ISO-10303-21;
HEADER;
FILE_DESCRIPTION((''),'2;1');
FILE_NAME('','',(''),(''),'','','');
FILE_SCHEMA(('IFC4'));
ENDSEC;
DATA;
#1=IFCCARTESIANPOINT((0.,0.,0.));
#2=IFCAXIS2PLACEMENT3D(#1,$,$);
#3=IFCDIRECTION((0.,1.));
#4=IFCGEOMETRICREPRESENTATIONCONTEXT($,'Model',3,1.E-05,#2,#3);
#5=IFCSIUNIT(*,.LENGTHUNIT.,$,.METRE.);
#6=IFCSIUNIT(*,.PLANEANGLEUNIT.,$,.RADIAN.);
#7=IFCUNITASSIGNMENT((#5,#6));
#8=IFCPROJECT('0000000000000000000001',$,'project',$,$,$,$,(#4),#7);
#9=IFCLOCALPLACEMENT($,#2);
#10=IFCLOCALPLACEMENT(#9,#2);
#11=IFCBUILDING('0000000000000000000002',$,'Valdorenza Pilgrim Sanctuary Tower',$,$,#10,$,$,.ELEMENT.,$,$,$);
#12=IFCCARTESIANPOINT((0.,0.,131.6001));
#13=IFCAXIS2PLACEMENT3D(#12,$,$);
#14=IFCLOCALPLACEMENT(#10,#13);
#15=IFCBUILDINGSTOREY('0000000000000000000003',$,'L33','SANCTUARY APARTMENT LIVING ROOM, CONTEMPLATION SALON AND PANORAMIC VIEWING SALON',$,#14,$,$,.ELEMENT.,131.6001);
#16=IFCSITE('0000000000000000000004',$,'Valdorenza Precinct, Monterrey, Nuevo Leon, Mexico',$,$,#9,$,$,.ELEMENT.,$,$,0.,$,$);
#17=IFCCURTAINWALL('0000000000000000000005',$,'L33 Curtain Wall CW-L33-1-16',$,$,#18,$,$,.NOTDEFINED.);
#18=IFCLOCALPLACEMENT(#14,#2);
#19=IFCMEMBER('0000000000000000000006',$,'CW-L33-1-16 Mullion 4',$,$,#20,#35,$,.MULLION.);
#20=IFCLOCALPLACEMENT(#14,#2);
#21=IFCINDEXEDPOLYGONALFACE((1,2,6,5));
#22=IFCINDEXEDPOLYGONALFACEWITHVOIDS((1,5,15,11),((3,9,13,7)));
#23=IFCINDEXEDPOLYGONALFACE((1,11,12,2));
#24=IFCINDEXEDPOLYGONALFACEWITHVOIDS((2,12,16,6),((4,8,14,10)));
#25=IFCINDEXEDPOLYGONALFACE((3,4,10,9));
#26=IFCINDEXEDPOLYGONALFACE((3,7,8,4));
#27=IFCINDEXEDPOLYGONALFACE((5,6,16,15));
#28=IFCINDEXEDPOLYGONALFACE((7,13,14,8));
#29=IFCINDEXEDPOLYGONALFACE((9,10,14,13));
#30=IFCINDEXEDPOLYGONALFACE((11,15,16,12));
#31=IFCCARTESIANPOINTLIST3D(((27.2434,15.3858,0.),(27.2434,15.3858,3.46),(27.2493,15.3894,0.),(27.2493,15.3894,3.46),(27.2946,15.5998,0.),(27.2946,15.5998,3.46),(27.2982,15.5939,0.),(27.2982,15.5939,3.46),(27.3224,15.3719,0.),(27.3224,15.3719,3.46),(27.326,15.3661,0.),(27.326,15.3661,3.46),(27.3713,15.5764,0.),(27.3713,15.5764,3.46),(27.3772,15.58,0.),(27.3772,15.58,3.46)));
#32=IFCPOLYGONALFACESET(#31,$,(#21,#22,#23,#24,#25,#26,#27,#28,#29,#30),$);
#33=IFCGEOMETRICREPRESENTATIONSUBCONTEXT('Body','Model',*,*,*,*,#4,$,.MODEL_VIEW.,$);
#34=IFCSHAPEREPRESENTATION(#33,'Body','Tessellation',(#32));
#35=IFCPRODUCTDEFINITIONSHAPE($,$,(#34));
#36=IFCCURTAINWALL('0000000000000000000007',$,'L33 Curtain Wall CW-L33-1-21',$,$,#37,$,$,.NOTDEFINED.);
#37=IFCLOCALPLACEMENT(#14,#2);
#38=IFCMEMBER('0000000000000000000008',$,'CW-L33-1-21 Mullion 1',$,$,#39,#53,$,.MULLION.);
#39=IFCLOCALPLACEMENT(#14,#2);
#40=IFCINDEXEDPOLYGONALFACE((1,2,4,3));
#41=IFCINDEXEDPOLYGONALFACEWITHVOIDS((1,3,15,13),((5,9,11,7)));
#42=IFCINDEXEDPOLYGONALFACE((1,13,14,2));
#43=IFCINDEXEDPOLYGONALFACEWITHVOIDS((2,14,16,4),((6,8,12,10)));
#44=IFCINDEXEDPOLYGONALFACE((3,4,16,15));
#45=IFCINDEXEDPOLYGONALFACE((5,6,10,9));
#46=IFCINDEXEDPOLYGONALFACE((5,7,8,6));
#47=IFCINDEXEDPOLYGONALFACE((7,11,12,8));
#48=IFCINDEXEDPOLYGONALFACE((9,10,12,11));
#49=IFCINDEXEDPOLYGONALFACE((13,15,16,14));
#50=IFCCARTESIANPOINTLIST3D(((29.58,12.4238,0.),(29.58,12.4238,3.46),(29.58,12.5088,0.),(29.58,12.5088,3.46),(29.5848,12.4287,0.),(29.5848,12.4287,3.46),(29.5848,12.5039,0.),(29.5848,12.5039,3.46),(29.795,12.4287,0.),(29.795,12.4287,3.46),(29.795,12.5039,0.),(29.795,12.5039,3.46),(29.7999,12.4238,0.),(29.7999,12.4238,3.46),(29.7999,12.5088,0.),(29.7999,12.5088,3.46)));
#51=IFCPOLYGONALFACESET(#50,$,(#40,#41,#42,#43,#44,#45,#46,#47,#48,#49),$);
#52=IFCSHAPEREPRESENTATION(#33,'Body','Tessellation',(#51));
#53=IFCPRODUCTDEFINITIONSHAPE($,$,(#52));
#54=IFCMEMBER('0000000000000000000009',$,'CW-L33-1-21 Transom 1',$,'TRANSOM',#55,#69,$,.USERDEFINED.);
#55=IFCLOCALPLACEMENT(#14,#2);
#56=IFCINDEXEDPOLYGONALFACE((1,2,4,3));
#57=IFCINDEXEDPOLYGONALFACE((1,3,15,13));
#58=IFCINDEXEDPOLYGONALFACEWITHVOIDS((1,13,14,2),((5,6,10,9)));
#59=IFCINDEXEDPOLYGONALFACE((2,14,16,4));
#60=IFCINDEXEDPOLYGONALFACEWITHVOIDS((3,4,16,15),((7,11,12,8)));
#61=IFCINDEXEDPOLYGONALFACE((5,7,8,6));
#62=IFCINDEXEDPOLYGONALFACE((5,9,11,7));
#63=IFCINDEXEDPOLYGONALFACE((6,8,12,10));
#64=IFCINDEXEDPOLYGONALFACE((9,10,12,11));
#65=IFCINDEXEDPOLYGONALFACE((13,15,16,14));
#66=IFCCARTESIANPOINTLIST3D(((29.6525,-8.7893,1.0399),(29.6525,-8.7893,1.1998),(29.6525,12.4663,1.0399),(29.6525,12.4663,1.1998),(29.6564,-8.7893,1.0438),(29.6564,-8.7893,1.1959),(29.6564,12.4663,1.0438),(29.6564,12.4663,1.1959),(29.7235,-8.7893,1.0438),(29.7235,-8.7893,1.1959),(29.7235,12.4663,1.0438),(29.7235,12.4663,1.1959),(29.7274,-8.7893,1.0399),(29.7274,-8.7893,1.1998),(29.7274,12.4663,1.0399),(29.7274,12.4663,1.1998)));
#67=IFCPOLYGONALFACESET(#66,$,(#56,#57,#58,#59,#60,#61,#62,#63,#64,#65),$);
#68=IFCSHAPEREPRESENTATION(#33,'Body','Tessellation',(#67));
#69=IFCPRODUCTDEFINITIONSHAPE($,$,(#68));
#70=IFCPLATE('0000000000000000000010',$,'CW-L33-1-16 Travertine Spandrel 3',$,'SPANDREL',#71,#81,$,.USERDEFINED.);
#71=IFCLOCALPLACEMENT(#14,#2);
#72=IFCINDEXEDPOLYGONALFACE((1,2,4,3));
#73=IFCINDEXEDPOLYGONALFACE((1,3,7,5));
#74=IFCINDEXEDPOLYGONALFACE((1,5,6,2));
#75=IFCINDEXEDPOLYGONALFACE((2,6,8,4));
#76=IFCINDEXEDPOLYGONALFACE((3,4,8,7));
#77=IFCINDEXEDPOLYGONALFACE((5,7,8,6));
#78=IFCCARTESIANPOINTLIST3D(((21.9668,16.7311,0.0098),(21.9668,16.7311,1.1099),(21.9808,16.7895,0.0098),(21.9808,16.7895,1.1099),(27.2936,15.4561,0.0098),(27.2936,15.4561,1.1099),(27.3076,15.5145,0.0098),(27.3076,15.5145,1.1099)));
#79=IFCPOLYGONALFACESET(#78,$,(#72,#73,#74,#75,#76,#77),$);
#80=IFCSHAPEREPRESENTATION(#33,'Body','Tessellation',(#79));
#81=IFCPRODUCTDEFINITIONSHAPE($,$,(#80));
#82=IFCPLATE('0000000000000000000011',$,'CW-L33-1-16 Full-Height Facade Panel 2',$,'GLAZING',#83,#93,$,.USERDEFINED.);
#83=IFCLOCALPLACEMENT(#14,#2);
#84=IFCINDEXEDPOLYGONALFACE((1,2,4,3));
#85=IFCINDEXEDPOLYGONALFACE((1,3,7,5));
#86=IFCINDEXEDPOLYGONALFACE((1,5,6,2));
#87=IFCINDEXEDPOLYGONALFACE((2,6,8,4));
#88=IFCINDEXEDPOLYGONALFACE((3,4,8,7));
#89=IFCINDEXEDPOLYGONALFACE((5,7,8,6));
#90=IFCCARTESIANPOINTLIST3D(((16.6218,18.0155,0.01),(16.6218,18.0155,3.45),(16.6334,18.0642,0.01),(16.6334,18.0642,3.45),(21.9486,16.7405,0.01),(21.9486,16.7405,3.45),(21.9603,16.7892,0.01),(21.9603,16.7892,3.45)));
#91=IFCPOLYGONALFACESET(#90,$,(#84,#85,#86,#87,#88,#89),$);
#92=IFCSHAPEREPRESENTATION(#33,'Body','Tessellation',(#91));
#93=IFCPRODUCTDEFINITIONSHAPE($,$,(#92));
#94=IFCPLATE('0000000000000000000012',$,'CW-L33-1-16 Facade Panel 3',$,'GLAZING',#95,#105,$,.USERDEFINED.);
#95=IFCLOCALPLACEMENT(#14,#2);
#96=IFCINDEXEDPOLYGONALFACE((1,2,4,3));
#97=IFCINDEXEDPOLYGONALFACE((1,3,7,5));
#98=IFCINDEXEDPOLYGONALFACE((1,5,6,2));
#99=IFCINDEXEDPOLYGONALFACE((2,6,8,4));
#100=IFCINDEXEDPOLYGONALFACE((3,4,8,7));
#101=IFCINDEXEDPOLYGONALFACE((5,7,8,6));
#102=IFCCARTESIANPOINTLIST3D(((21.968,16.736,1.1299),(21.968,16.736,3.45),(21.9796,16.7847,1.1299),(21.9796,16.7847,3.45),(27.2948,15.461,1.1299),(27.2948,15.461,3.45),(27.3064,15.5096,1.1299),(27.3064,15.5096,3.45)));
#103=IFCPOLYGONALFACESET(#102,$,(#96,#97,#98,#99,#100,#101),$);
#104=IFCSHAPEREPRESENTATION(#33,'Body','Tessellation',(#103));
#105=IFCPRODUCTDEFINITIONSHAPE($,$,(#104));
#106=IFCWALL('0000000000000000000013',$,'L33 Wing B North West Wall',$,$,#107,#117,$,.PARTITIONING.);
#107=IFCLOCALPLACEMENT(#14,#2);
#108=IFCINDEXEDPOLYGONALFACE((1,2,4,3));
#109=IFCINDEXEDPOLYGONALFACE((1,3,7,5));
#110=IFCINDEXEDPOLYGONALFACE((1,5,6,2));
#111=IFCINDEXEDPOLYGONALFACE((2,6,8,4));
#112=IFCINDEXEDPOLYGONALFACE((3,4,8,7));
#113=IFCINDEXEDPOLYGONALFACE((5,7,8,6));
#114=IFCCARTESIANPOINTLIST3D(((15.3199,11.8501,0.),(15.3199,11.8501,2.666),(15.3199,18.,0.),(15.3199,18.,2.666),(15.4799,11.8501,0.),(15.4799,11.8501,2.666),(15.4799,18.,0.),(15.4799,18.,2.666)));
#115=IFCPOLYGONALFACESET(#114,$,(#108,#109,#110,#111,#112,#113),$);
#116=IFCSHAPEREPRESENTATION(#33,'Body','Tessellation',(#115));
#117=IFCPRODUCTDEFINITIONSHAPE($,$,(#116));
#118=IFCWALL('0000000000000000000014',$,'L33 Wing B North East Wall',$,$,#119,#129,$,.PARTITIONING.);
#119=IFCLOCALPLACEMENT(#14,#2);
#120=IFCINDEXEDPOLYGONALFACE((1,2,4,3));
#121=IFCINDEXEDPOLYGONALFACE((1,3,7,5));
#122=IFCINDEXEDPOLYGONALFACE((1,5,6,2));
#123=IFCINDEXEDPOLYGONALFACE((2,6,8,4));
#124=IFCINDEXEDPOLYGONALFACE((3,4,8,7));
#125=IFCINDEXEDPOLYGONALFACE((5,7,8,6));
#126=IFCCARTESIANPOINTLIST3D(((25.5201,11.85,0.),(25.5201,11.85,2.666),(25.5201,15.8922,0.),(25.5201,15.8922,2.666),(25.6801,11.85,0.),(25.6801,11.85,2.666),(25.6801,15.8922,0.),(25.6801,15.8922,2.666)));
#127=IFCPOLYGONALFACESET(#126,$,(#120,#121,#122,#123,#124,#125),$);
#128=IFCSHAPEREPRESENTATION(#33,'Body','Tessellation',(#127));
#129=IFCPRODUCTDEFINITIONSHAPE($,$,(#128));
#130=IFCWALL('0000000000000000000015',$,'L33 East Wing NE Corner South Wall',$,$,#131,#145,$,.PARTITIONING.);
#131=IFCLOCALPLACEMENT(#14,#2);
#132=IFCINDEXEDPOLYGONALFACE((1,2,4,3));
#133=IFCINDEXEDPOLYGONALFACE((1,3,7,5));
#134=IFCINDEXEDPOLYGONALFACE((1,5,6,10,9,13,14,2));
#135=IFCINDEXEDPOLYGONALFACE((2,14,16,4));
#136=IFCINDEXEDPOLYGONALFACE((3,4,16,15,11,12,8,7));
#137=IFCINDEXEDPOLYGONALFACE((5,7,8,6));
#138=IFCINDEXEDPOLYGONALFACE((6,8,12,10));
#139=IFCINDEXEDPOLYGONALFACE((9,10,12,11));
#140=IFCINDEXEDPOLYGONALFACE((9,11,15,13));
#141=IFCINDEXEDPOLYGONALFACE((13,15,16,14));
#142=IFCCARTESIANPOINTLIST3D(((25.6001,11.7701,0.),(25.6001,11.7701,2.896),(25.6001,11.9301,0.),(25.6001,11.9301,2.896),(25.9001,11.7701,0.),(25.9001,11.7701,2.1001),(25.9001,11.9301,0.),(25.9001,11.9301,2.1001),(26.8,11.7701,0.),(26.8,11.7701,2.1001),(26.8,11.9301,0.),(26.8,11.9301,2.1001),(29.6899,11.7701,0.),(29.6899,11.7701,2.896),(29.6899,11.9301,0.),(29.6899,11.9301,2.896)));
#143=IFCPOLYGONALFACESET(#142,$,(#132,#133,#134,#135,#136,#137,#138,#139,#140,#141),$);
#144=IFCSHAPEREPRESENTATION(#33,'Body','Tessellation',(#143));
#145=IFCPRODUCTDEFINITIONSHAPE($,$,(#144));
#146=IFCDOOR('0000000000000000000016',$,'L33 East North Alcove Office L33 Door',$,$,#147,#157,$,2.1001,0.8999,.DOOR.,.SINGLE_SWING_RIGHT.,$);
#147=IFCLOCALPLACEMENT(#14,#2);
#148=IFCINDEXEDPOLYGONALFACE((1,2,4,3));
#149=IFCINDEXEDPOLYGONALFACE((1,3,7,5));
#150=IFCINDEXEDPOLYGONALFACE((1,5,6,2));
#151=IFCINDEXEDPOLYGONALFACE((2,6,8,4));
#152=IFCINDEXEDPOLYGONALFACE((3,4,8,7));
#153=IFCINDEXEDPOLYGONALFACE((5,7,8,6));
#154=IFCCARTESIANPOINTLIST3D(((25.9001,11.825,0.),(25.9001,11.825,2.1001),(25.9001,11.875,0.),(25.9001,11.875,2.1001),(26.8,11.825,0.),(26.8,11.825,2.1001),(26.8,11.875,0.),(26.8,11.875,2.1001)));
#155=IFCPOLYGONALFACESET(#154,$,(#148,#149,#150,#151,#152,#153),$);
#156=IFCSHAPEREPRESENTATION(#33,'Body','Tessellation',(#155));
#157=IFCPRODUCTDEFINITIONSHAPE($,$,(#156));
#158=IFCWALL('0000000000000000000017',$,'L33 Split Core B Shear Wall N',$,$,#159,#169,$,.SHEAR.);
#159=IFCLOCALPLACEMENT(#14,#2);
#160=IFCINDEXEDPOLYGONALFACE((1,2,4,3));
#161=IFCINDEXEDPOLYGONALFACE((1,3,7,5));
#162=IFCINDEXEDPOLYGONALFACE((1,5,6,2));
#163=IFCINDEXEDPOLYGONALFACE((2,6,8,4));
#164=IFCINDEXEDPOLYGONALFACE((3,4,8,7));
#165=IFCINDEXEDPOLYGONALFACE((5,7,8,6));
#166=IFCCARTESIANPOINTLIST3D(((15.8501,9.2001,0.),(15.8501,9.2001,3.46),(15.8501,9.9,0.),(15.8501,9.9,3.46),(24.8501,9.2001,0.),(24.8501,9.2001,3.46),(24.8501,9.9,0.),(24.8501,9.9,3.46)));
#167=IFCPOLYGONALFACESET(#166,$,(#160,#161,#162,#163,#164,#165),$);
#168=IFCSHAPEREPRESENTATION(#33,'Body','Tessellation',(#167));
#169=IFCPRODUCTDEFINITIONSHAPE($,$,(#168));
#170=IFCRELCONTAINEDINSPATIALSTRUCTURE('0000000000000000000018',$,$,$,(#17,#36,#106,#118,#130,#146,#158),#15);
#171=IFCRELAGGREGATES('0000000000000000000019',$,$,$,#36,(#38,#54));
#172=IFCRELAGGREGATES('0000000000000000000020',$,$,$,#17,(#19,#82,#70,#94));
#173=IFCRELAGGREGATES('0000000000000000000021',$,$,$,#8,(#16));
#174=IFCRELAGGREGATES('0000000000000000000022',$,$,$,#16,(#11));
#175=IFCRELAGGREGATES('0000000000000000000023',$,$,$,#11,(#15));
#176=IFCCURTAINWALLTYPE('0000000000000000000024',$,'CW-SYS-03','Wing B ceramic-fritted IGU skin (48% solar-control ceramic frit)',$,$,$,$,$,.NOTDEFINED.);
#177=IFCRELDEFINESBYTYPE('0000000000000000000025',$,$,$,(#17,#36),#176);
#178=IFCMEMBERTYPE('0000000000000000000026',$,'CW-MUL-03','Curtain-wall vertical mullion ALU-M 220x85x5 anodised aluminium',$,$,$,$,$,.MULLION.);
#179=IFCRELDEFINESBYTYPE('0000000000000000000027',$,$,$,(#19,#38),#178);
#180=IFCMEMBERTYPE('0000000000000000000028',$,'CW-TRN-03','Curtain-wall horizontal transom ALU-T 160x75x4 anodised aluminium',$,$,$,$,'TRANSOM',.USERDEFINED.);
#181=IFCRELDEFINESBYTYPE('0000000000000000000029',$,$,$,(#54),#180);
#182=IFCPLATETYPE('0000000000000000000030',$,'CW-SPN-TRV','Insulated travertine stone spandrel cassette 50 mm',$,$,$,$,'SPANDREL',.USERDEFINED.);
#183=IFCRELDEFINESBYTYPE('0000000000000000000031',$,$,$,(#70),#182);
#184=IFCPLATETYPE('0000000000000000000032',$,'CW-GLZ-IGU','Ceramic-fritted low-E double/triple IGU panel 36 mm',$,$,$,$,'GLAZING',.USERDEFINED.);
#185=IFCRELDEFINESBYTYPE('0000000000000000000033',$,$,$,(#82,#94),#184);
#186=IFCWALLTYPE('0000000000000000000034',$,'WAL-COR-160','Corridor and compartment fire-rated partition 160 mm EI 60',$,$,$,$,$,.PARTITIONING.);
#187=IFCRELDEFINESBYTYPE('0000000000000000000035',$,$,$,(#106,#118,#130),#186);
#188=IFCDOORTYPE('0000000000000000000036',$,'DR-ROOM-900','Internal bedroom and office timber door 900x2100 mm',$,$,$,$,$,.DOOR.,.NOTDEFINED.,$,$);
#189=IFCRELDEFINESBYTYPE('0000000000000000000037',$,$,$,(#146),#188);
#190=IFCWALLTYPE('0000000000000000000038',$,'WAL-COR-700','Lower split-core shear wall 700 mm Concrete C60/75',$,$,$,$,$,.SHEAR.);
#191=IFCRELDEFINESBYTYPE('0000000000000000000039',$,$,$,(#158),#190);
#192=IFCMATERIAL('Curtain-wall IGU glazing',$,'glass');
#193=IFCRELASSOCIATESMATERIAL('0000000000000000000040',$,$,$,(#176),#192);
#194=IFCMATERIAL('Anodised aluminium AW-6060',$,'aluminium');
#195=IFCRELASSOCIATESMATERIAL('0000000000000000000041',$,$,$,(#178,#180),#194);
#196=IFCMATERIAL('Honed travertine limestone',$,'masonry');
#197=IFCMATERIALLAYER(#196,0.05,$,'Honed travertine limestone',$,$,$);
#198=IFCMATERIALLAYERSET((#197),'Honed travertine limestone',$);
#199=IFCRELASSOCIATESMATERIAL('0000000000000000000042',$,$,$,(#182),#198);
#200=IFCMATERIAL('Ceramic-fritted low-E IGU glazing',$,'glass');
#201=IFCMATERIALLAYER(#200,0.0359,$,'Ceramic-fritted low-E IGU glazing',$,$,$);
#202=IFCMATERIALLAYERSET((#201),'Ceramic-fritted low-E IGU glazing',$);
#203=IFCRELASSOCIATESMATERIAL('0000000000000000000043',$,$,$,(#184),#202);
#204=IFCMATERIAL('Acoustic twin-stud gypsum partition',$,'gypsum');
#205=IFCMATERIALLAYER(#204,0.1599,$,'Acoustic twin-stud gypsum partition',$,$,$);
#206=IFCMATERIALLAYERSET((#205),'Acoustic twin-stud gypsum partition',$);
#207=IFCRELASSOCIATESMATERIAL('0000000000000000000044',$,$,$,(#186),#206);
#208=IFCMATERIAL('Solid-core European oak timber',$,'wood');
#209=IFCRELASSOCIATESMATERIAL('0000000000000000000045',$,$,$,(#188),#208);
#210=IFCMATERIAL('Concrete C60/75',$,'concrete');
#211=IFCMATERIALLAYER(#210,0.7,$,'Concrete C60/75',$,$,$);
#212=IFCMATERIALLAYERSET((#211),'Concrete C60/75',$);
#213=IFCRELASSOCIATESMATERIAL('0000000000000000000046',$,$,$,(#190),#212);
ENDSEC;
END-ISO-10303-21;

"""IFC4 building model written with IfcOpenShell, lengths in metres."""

from ifc_helpers import new_model, si_unit, direction, frame, frame_2d, origin, origin_2d, place, context, subcontext, project, spatial, rectangle, hollow_rectangle, extrude, source, transform, mapped, material, layer, layer_set, material_profile, profile_set, type_object, element, fill, aggregate, save


model = new_model("IFC4")

# Units and contexts
model_context = context("Model", 3, precision=1e-05, world=origin(), true_north=direction((0.0, 1.0)))
body_context = subcontext(model_context, "Body", "Model", "MODEL_VIEW")
ifc_project = project(units=[si_unit("LENGTHUNIT", "METRE"), si_unit("PLANEANGLEUNIT", "RADIAN")], contexts=[model_context])

# Site, building, storey
site_placement = place(None, origin())
site = spatial("IfcSite", under=ifc_project, at=site_placement, Name="Valdorenza Precinct, Monterrey, Nuevo Leon, Mexico", CompositionType="ELEMENT", RefElevation=0.0)
building_placement = place(site_placement, origin())
building = spatial("IfcBuilding", under=site, at=building_placement, Name="Valdorenza Pilgrim Sanctuary Tower", CompositionType="ELEMENT")
storey_placement = place(building_placement, frame((0.0, 0.0, 131.6001)))
storey = spatial("IfcBuildingStorey", under=building, at=storey_placement, Name="L33", Description="SANCTUARY APARTMENT LIVING ROOM, CONTEMPLATION SALON AND PANORAMIC VIEWING SALON", CompositionType="ELEMENT", Elevation=131.6001)

# Shared definitions
ifc_material_1 = material(Name="Concrete C60/75", Category="concrete")

# Curtain walls, members
ifc_material_2 = material(Name="Curtain-wall IGU glazing", Category="glass")
curtain_wall_type = type_object("IfcCurtainWallType", Name="CW-SYS-03", Description="Wing B ceramic-fritted IGU skin (48% solar-control ceramic frit)", PredefinedType="NOTDEFINED", material=ifc_material_2)
curtain_wall_1_placement = place(storey_placement, origin())
curtain_wall_1 = element("IfcCurtainWall", 1, at=curtain_wall_1_placement, inside=storey, type_object=curtain_wall_type, Name="L33 Curtain Wall CW-L33-1-16", PredefinedType="NOTDEFINED")
ifc_material_3 = material(Name="Anodised aluminium AW-6060", Category="aluminium")
ifc_material_profile_1 = material_profile(ifc_material_3, hollow_rectangle(XDim=0.085, YDim=0.22, WallThickness=0.0049, at=origin_2d()), Name="ALU-M 220x85x5")
ifc_profile_set_1 = profile_set([ifc_material_profile_1], Name="Anodised aluminium AW-6060")
member_type_1 = type_object("IfcMemberType", Name="CW-MUL-03", Description="Curtain-wall vertical mullion ALU-M 220x85x5 anodised aluminium", PredefinedType="MULLION", material=ifc_profile_set_1)
shared_shape_1 = source(origin(), body_context, "Body", "SweptSolid", [
    extrude(hollow_rectangle(XDim=0.085, YDim=0.22, WallThickness=0.0049, at=origin_2d()), origin(), (0.0, 0.0, 1.0), 3.46),
])
member_1_placement = place(storey_placement, frame((27.3103, 15.4829, 0.0), z_axis=(0.0, 0.0, 1.0), x_axis=(0.972529, -0.232783, 0.0)))
member_1 = element("IfcMember", 2, at=member_1_placement, type_object=member_type_1, Name="CW-L33-1-16 Mullion 4", PredefinedType="MULLION", context=body_context, shape_type="MappedRepresentation", body=[
    mapped(shared_shape_1, transform((0.0, 0.0, 0.0), x_axis=(1.0, 0.0, 0.0), y_axis=(0.0, 1.0, 0.0), z_axis=(0.0, 0.0, 1.0), scale=1.0)),
])
curtain_wall_2_placement = place(storey_placement, origin())
curtain_wall_2 = element("IfcCurtainWall", 3, at=curtain_wall_2_placement, inside=storey, type_object=curtain_wall_type, Name="L33 Curtain Wall CW-L33-1-21", PredefinedType="NOTDEFINED")
member_2_placement = place(storey_placement, frame((29.6899, 12.4663, 0.0), z_axis=(0.0, 0.0, 1.0), x_axis=(0.0, -1.0, 0.0)))
member_2 = element("IfcMember", 4, at=member_2_placement, type_object=member_type_1, Name="CW-L33-1-21 Mullion 1", PredefinedType="MULLION", context=body_context, shape_type="MappedRepresentation", body=[
    mapped(shared_shape_1, transform((0.0, 0.0, 0.0), x_axis=(1.0, 0.0, 0.0), y_axis=(0.0, 1.0, 0.0), z_axis=(0.0, 0.0, 1.0), scale=1.0)),
])
ifc_material_profile_2 = material_profile(ifc_material_3, hollow_rectangle(XDim=0.075, YDim=0.1599, WallThickness=0.0039, at=origin_2d()), Name="ALU-T 160x75x4")
ifc_profile_set_2 = profile_set([ifc_material_profile_2], Name="Anodised aluminium AW-6060")
member_type_2 = type_object("IfcMemberType", Name="CW-TRN-03", Description="Curtain-wall horizontal transom ALU-T 160x75x4 anodised aluminium", ElementType="TRANSOM", PredefinedType="USERDEFINED", material=ifc_profile_set_2)
shared_shape_2 = source(origin(), body_context, "Body", "SweptSolid", [
    extrude(hollow_rectangle(XDim=0.075, YDim=0.1599, WallThickness=0.0039, at=origin_2d()), origin(), (0.0, 0.0, 1.0), 21.2556),
])
member_3_placement = place(storey_placement, frame((29.6899, 12.4663, 1.1199), z_axis=(0.0, -1.0, 0.0), x_axis=(1.0, 0.0, 0.0)))
member_3 = element("IfcMember", 5, at=member_3_placement, type_object=member_type_2, Name="CW-L33-1-21 Transom 1", ObjectType="TRANSOM", PredefinedType="USERDEFINED", context=body_context, shape_type="MappedRepresentation", body=[
    mapped(shared_shape_2, transform((0.0, 0.0, 0.0), x_axis=(1.0, 0.0, 0.0), y_axis=(0.0, 1.0, 0.0), z_axis=(0.0, 0.0, 1.0), scale=1.0)),
])
aggregate(curtain_wall_2, [member_2, member_3])

# Plates
ifc_material_4 = material(Name="Honed travertine limestone", Category="masonry")
ifc_layer_1 = layer(ifc_material_4, 0.05, Name="Honed travertine limestone")
ifc_layer_set_1 = layer_set([ifc_layer_1], Name="Honed travertine limestone")
plate_type_1 = type_object("IfcPlateType", Name="CW-SPN-TRV", Description="Insulated travertine stone spandrel cassette 50 mm", ElementType="SPANDREL", PredefinedType="USERDEFINED", material=ifc_layer_set_1)
shared_shape_3 = source(origin(), body_context, "Body", "SweptSolid", [
    extrude(rectangle(XDim=5.4773, YDim=0.0601, at=origin_2d()), origin(), (0.0, 0.0, 1.0), 1.1001),
])
plate_1_placement = place(storey_placement, frame((24.6372, 16.1228, 0.0098), z_axis=(0.0, 0.0, 1.0), x_axis=(0.972529, -0.232783, 0.0)))
plate_1 = element("IfcPlate", 6, at=plate_1_placement, type_object=plate_type_1, Name="CW-L33-1-16 Travertine Spandrel 3", ObjectType="SPANDREL", PredefinedType="USERDEFINED", context=body_context, shape_type="MappedRepresentation", body=[
    mapped(shared_shape_3, transform((0.0, 0.0, 0.0), x_axis=(1.0, 0.0, 0.0), y_axis=(0.0, 1.0, 0.0), z_axis=(0.0, 0.0, 1.0), scale=1.0)),
])
ifc_material_5 = material(Name="Ceramic-fritted low-E IGU glazing", Category="glass")
ifc_layer_2 = layer(ifc_material_5, 0.0359, Name="Ceramic-fritted low-E IGU glazing")
ifc_layer_set_2 = layer_set([ifc_layer_2], Name="Ceramic-fritted low-E IGU glazing")
plate_type_2 = type_object("IfcPlateType", Name="CW-GLZ-IGU", Description="Ceramic-fritted low-E double/triple IGU panel 36 mm", ElementType="GLAZING", PredefinedType="USERDEFINED", material=ifc_layer_set_2)
shared_shape_4 = source(origin(), body_context, "Body", "SweptSolid", [
    extrude(rectangle(XDim=5.4773, YDim=0.05, at=origin_2d()), origin(), (0.0, 0.0, 1.0), 3.4399),
])
plate_2_placement = place(storey_placement, frame((19.291, 17.4023, 0.01), z_axis=(0.0, 0.0, 1.0), x_axis=(0.972529, -0.232783, 0.0)))
plate_2 = element("IfcPlate", 7, at=plate_2_placement, type_object=plate_type_2, Name="CW-L33-1-16 Full-Height Facade Panel 2", ObjectType="GLAZING", PredefinedType="USERDEFINED", context=body_context, shape_type="MappedRepresentation", body=[
    mapped(shared_shape_4, transform((0.0, 0.0, 0.0), x_axis=(1.0, 0.0, 0.0), y_axis=(0.0, 1.0, 0.0), z_axis=(0.0, 0.0, 1.0), scale=1.0)),
])
shared_shape_5 = source(origin(), body_context, "Body", "SweptSolid", [
    extrude(rectangle(XDim=5.4773, YDim=0.05, at=origin_2d()), origin(), (0.0, 0.0, 1.0), 2.3201),
])
plate_3_placement = place(storey_placement, frame((24.6372, 16.1228, 1.1299), z_axis=(0.0, 0.0, 1.0), x_axis=(0.972529, -0.232783, 0.0)))
plate_3 = element("IfcPlate", 8, at=plate_3_placement, type_object=plate_type_2, Name="CW-L33-1-16 Facade Panel 3", ObjectType="GLAZING", PredefinedType="USERDEFINED", context=body_context, shape_type="MappedRepresentation", body=[
    mapped(shared_shape_5, transform((0.0, 0.0, 0.0), x_axis=(1.0, 0.0, 0.0), y_axis=(0.0, 1.0, 0.0), z_axis=(0.0, 0.0, 1.0), scale=1.0)),
])
aggregate(curtain_wall_1, [member_1, plate_2, plate_1, plate_3])

# Walls
ifc_material_6 = material(Name="Acoustic twin-stud gypsum partition", Category="gypsum")
ifc_layer_3 = layer(ifc_material_6, 0.1599, Name="Acoustic twin-stud gypsum partition")
ifc_layer_set_3 = layer_set([ifc_layer_3], Name="Acoustic twin-stud gypsum partition")
wall_type_1 = type_object("IfcWallType", Name="WAL-COR-160", Description="Corridor and compartment fire-rated partition 160 mm EI 60", PredefinedType="PARTITIONING", material=ifc_layer_set_3)
wall_1_placement = place(storey_placement, frame((15.3999, 11.8501, 0.0), z_axis=(0.0, 0.0, 1.0), x_axis=(0.0, 1.0, 0.0)))
element("IfcWall", 9, at=wall_1_placement, inside=storey, type_object=wall_type_1, Name="L33 Wing B North West Wall", PredefinedType="PARTITIONING", context=body_context, shape_type="SweptSolid", body=[
    extrude(rectangle(XDim=6.1499, YDim=0.1599, at=frame_2d((3.075, 0.0))), origin(), (0.0, 0.0, 1.0), 2.666),
])
wall_2_placement = place(storey_placement, frame((25.6001, 11.8501, 0.0), z_axis=(0.0, 0.0, 1.0), x_axis=(0.0, 1.0, 0.0)))
element("IfcWall", 10, at=wall_2_placement, inside=storey, type_object=wall_type_1, Name="L33 Wing B North East Wall", PredefinedType="PARTITIONING", context=body_context, shape_type="SweptSolid", body=[
    extrude(rectangle(XDim=4.0422, YDim=0.1599, at=frame_2d((2.021, 0.0))), origin(), (0.0, 0.0, 1.0), 2.666),
])

# Wall, opening, door
wall_3_placement = place(storey_placement, frame((25.6001, 11.8501, 0.0), z_axis=(0.0, 0.0, 1.0), x_axis=(1.0, 0.0, 0.0)))
wall_3 = element("IfcWall", 11, at=wall_3_placement, inside=storey, type_object=wall_type_1, Name="L33 East Wing NE Corner South Wall", PredefinedType="PARTITIONING", context=body_context, shape_type="SweptSolid", body=[
    extrude(rectangle(XDim=4.0898, YDim=0.1599, at=frame_2d((2.0449, 0.0))), origin(), (0.0, 0.0, 1.0), 2.896),
])
opening_placement = place(wall_3_placement, frame((0.3, 0.0, 0.0)))
opening = element("IfcOpeningElement", 12, at=opening_placement, cuts=wall_3, PredefinedType="OPENING", context=body_context, shape_type="SweptSolid", body=[
    extrude(rectangle(XDim=0.8999, YDim=2.1001, at=frame_2d((0.45, 1.05))), frame((0.0, 0.0947, 0.0), z_axis=(0.0, -1.0, 0.0), x_axis=(1.0, 0.0, 0.0)), (0.0, 0.0, 1.0), 0.1897),
])
ifc_material_7 = material(Name="Solid-core European oak timber", Category="wood")
door_type = type_object("IfcDoorType", Name="DR-ROOM-900", Description="Internal bedroom and office timber door 900x2100 mm", OperationType="NOTDEFINED", PredefinedType="DOOR", material=ifc_material_7)
door_placement = place(opening_placement, origin())
door = element("IfcDoor", 13, at=door_placement, inside=storey, type_object=door_type, Name="L33 East North Alcove Office L33 Door", OperationType="SINGLE_SWING_RIGHT", OverallHeight=2.1001, OverallWidth=0.8999, PredefinedType="DOOR", context=body_context, shape_type="SweptSolid", body=[
    extrude(rectangle(XDim=0.8999, YDim=2.1001, at=frame_2d((0.45, 1.05))), frame((0.0, 0.0249, 0.0), z_axis=(0.0, -1.0, 0.0), x_axis=(1.0, 0.0, 0.0)), (0.0, 0.0, 1.0), 0.05),
])
fill(opening, door)

# Wall
ifc_layer_4 = layer(ifc_material_1, 0.7, Name="Concrete C60/75")
ifc_layer_set_4 = layer_set([ifc_layer_4], Name="Concrete C60/75")
wall_type_2 = type_object("IfcWallType", Name="WAL-COR-700", Description="Lower split-core shear wall 700 mm Concrete C60/75", PredefinedType="SHEAR", material=ifc_layer_set_4)
wall_4_placement = place(storey_placement, frame((15.8501, 9.55, 0.0), z_axis=(0.0, 0.0, 1.0), x_axis=(1.0, 0.0, 0.0)))
element("IfcWall", 14, at=wall_4_placement, inside=storey, type_object=wall_type_2, Name="L33 Split Core B Shear Wall N", PredefinedType="SHEAR", context=body_context, shape_type="SweptSolid", body=[
    extrude(rectangle(XDim=9.0, YDim=0.7, at=frame_2d((4.5, 0.0))), origin(), (0.0, 0.0, 1.0), 3.46),
])

save(model, "model.ifc")
